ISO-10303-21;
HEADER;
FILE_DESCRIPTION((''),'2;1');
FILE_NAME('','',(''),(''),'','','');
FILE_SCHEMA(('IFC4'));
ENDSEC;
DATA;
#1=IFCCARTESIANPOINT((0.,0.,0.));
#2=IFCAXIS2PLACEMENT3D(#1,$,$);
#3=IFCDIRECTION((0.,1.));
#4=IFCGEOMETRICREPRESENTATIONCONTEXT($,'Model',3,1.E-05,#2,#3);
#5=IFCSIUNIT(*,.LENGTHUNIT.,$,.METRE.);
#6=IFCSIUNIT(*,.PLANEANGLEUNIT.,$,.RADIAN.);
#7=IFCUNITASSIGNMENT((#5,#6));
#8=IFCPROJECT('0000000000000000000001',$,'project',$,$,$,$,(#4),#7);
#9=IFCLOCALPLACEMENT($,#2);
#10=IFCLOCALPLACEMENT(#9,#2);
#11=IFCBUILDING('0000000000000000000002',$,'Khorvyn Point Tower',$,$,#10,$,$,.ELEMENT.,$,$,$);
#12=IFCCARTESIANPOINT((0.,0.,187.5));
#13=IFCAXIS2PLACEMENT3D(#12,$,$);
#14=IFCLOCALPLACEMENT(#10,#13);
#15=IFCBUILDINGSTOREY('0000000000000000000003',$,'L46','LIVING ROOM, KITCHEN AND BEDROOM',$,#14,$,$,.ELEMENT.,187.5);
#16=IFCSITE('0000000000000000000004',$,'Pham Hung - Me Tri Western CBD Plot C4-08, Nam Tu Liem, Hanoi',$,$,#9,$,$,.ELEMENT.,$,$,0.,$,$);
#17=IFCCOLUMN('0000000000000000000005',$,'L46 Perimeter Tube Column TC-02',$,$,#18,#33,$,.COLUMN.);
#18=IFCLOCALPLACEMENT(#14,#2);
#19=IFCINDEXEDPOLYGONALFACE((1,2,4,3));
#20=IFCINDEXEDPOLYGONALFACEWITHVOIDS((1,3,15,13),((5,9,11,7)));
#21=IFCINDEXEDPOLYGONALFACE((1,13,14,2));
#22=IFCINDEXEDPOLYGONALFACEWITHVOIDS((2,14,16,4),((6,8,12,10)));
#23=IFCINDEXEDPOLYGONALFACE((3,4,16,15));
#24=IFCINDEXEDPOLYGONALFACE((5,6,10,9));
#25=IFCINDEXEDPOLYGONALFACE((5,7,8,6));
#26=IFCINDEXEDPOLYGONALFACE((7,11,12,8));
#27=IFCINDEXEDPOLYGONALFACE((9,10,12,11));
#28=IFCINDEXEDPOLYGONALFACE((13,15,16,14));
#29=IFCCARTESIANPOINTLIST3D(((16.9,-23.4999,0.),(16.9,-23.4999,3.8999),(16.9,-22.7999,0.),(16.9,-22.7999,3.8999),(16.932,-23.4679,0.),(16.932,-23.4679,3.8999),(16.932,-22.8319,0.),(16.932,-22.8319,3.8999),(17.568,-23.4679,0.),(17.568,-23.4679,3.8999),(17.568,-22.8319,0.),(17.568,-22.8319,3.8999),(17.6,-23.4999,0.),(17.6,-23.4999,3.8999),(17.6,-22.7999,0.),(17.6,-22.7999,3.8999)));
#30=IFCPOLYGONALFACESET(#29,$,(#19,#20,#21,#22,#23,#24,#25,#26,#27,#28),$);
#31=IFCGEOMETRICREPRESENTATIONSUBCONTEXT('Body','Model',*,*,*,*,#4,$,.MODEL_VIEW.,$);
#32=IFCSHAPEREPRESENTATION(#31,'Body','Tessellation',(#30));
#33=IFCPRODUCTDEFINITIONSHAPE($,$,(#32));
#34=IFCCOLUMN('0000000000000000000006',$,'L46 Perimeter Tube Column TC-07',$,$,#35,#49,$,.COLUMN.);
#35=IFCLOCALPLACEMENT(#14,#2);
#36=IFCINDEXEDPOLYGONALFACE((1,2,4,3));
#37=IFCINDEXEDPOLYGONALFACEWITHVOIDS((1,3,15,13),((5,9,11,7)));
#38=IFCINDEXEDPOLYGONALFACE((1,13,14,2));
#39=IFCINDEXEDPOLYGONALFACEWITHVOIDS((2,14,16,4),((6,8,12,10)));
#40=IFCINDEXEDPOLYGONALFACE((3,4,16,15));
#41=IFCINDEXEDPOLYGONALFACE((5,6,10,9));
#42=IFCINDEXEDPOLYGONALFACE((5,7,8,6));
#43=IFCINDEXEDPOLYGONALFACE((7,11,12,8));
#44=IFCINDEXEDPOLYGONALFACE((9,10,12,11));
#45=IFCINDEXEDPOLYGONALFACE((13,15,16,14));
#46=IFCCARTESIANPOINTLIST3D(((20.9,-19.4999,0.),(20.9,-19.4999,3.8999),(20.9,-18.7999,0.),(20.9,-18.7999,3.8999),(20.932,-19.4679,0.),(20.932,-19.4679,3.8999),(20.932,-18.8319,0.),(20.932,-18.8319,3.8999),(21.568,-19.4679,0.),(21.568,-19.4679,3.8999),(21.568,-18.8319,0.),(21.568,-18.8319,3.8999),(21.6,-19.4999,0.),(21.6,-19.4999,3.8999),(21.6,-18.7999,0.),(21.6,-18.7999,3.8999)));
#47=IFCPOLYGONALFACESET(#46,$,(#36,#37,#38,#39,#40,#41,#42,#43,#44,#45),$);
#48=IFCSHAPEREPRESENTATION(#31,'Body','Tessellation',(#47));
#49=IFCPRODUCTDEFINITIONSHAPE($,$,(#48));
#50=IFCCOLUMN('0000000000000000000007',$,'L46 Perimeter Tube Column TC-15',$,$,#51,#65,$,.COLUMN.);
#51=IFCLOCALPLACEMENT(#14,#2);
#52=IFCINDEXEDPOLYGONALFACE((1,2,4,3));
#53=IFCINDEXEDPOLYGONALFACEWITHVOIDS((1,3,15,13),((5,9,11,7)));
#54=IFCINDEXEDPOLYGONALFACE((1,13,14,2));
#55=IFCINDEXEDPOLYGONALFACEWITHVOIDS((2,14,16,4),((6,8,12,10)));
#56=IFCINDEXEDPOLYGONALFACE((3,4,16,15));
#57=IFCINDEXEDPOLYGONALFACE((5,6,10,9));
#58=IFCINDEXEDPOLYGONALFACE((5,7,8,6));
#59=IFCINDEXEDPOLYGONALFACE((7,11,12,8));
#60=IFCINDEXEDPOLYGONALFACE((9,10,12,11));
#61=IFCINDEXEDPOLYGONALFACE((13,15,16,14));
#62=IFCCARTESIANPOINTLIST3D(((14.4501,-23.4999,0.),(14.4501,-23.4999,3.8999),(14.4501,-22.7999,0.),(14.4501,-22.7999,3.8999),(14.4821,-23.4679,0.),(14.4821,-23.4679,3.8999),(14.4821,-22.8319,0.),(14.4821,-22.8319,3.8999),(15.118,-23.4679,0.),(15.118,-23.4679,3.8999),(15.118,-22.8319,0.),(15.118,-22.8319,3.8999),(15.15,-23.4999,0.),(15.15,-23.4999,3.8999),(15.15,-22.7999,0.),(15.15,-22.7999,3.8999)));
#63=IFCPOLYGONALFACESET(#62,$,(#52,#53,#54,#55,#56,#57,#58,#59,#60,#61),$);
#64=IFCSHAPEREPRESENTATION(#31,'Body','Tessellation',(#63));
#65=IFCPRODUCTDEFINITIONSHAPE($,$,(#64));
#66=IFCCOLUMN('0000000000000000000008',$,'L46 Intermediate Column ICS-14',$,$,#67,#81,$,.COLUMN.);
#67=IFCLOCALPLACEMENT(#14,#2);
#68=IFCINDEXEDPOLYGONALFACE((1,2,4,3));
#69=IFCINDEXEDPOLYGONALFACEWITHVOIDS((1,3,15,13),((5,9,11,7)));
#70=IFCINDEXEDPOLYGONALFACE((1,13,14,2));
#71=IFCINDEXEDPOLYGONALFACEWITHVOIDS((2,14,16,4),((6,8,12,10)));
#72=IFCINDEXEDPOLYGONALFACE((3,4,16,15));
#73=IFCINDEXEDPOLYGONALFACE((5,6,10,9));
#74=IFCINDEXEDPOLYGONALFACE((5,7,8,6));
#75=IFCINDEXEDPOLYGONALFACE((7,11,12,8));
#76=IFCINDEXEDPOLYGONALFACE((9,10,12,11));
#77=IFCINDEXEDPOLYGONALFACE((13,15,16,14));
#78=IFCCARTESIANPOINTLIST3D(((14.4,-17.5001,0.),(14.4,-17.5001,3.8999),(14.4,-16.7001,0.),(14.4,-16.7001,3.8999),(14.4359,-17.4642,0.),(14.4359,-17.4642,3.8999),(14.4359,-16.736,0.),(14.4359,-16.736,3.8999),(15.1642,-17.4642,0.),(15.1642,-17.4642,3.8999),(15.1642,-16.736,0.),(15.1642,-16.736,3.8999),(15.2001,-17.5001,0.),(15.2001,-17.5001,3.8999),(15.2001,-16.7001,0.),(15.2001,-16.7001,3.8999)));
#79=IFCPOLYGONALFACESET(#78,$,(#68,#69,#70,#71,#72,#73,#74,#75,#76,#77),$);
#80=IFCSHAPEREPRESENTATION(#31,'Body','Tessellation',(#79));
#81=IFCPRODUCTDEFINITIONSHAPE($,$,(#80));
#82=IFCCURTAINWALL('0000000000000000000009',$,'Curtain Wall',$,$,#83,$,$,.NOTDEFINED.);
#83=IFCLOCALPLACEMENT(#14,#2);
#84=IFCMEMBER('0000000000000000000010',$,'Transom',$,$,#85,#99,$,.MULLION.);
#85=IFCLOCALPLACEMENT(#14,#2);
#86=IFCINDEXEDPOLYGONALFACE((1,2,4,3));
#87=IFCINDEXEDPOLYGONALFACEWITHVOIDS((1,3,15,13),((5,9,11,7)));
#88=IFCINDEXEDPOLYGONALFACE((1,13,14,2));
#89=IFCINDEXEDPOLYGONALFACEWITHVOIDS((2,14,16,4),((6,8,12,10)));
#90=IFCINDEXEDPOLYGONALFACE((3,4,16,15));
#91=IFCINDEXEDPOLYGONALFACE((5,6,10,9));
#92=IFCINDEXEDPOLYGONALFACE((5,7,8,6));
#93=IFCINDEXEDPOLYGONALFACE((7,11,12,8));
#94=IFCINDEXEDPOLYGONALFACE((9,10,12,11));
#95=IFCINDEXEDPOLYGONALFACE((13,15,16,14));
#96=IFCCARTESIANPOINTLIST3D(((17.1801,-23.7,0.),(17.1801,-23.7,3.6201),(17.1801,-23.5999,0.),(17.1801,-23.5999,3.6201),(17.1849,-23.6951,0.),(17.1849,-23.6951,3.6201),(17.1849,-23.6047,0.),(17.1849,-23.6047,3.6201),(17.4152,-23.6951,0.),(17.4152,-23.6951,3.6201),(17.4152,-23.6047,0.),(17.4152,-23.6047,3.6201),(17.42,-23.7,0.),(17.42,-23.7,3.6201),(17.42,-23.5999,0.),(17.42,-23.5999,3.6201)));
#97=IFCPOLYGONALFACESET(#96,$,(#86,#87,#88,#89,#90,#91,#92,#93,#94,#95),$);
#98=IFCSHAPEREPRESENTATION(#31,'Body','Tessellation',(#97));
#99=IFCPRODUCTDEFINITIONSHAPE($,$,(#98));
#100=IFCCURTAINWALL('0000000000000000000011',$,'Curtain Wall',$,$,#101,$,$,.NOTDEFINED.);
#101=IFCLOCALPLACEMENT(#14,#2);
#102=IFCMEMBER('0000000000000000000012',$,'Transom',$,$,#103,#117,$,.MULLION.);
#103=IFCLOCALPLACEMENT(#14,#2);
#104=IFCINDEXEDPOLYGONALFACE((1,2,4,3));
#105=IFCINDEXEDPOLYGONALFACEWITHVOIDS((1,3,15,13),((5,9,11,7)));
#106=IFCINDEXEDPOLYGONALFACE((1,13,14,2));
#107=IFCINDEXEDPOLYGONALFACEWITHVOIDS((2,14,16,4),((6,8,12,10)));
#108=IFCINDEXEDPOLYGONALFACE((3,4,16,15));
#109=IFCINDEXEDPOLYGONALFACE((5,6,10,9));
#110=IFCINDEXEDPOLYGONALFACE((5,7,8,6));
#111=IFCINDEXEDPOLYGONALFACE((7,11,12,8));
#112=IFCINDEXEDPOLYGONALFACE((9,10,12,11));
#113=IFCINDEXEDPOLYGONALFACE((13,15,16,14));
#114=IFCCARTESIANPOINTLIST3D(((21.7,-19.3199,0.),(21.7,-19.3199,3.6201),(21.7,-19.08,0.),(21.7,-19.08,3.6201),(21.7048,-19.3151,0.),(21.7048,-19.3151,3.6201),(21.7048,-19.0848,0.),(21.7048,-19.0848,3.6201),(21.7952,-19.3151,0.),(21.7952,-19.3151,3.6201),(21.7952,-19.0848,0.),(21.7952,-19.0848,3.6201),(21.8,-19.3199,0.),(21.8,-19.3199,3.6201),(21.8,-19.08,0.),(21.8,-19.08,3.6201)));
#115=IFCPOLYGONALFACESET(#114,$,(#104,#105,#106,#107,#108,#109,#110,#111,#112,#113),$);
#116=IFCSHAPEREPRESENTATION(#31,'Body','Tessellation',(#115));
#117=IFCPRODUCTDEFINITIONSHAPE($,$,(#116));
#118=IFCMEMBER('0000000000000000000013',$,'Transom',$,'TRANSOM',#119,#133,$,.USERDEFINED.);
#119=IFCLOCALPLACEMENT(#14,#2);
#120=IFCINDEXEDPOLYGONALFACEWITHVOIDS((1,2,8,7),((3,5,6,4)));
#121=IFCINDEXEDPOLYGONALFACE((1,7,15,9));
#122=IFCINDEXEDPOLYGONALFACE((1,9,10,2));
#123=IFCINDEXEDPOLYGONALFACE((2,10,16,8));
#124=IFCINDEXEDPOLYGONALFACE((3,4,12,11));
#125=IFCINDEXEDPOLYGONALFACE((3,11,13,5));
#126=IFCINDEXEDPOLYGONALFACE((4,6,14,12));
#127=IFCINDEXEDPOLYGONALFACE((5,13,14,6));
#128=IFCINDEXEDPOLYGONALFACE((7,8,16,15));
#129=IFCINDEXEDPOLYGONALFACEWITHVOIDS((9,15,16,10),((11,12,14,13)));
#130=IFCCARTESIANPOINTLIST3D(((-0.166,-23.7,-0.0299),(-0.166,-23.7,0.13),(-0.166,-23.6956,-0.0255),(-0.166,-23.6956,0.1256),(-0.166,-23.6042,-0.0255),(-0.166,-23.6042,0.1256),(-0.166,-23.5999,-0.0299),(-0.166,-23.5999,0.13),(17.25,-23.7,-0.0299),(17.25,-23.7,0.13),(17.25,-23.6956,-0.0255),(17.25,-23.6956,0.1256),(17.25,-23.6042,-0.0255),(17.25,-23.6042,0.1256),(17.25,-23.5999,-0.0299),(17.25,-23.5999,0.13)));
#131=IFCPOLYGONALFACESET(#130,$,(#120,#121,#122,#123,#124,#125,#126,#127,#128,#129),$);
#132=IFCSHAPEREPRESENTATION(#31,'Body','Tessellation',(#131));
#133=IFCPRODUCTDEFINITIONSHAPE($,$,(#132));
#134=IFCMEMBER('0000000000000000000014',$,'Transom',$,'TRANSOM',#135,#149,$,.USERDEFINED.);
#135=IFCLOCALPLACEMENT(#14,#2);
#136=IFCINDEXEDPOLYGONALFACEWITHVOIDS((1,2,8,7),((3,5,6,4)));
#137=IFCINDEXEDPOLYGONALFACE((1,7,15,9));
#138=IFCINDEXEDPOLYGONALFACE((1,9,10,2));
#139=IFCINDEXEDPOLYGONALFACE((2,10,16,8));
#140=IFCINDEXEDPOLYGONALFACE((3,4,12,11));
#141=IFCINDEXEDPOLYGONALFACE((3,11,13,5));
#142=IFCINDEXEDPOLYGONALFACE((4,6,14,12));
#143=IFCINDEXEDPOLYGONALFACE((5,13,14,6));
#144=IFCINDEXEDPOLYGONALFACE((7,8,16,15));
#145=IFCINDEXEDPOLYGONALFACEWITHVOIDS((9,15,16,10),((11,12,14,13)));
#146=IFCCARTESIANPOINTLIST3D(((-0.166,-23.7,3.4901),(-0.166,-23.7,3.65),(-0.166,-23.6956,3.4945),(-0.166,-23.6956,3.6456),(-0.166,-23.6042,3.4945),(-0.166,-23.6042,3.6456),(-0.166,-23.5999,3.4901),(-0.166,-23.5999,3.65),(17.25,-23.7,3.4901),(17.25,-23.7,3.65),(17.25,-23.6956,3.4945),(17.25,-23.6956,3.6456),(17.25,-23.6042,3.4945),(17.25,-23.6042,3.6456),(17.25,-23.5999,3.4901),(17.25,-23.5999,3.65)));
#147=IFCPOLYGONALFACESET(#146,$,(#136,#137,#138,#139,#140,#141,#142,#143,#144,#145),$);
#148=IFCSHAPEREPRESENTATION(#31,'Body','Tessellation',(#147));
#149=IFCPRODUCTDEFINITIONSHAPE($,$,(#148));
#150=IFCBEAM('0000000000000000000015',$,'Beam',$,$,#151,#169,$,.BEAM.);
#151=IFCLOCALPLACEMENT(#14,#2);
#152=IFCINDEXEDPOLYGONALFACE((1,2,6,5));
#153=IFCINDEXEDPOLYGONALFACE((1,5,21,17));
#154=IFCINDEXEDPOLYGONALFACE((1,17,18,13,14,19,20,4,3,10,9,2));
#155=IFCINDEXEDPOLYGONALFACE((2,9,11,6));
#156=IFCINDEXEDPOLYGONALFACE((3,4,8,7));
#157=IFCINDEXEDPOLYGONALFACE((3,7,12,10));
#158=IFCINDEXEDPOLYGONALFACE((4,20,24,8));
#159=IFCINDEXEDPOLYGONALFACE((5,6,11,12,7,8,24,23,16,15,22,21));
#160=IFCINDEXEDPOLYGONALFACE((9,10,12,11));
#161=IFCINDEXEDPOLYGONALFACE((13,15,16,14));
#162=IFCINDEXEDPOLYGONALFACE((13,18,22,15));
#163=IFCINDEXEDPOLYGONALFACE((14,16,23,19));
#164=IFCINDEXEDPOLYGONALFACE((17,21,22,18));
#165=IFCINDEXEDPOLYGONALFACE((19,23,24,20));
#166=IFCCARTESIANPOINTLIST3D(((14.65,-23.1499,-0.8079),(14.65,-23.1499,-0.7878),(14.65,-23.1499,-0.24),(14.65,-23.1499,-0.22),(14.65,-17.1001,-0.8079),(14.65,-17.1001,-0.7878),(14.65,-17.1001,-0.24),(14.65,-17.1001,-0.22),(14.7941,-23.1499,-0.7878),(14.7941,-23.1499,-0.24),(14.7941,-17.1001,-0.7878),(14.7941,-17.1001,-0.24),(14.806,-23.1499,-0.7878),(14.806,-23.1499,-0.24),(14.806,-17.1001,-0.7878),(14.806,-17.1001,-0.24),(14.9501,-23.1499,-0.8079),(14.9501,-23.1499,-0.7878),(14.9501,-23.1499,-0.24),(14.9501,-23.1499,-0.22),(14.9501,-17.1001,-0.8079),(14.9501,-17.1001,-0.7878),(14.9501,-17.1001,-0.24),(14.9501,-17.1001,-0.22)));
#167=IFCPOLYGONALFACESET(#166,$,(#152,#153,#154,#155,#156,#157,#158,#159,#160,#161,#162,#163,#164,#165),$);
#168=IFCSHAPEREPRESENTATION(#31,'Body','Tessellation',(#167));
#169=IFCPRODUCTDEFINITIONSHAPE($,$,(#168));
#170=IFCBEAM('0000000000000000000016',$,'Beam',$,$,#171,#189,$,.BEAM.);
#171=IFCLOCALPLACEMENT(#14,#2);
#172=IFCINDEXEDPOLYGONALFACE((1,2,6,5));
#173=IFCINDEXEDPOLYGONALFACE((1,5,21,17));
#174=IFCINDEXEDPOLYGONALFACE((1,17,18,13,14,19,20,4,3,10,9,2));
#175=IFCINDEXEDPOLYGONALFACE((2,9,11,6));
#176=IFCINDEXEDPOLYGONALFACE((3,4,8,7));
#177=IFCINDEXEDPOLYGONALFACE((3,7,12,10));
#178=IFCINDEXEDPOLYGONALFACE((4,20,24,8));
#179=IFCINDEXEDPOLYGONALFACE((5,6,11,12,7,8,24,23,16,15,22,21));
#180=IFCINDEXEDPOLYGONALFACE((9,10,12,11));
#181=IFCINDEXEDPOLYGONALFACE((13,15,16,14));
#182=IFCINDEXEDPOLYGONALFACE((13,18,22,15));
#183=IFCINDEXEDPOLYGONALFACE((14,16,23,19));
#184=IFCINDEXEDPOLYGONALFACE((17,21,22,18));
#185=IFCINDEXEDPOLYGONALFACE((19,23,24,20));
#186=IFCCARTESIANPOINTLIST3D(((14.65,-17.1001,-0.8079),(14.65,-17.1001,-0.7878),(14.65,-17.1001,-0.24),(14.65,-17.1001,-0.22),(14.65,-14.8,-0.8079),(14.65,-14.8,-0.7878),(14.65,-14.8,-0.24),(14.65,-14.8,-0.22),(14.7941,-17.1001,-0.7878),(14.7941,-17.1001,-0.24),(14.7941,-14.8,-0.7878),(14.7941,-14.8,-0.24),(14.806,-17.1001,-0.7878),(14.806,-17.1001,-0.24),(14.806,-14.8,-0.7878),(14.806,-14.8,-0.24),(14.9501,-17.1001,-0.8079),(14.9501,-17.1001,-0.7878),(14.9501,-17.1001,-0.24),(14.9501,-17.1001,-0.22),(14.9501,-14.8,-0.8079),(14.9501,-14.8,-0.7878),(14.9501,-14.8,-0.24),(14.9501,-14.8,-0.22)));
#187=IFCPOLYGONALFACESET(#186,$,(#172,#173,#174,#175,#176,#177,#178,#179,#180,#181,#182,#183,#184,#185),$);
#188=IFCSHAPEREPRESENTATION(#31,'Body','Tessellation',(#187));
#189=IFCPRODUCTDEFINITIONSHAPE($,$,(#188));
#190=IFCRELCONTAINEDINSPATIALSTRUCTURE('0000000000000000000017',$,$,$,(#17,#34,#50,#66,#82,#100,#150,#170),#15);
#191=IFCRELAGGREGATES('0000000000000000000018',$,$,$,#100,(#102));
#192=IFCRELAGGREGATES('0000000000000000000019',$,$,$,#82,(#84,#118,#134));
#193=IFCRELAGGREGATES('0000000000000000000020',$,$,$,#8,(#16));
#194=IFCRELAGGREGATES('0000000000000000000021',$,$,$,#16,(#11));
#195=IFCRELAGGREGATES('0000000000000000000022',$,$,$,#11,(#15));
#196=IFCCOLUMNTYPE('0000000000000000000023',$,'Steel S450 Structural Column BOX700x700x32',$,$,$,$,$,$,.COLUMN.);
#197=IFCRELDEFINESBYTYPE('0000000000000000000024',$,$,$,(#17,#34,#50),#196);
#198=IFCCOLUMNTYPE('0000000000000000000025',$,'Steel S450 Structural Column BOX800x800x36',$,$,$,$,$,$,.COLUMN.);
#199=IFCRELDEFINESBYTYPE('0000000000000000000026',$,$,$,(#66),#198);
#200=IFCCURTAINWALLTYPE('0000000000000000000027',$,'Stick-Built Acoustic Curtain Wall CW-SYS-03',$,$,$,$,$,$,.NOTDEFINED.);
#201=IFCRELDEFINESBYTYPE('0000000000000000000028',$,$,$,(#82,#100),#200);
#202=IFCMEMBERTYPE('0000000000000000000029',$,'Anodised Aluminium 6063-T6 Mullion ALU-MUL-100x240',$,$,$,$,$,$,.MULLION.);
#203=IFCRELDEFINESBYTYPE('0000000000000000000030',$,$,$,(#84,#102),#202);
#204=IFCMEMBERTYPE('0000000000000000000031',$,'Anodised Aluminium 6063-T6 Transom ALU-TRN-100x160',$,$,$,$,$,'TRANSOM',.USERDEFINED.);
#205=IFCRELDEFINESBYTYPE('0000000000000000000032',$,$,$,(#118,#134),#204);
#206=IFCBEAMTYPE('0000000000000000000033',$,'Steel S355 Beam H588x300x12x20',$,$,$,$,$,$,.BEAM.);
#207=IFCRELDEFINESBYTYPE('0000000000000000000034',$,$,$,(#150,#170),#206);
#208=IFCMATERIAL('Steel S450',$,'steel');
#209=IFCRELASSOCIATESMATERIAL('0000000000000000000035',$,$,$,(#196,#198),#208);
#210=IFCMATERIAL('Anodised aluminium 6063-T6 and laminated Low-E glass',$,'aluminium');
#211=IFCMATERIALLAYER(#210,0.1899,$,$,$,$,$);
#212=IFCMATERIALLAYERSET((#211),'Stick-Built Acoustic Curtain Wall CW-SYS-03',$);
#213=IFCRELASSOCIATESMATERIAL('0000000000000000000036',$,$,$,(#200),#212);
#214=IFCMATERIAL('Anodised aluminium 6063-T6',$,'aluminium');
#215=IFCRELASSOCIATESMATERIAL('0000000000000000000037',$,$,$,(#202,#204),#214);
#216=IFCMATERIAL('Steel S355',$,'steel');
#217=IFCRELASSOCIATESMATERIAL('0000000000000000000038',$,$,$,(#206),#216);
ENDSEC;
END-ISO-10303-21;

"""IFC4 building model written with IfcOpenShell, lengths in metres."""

from ifc_helpers import new_model, si_unit, direction, frame, origin, origin_2d, place, context, subcontext, project, spatial, hollow_rectangle, i_section, extrude, material, layer, layer_set, material_profile, profile_set, type_object, element, aggregate, save


model = new_model("IFC4")

# Units and contexts
model_context = context("Model", 3, precision=1e-05, world=origin(), true_north=direction((0.0, 1.0)))
body_context = subcontext(model_context, "Body", "Model", "MODEL_VIEW")
ifc_project = project(units=[si_unit("LENGTHUNIT", "METRE"), si_unit("PLANEANGLEUNIT", "RADIAN")], contexts=[model_context])

# Site, building, storey
site_placement = place(None, origin())
site = spatial("IfcSite", under=ifc_project, at=site_placement, Name="Pham Hung - Me Tri Western CBD Plot C4-08, Nam Tu Liem, Hanoi", CompositionType="ELEMENT", RefElevation=0.0)
building_placement = place(site_placement, origin())
building = spatial("IfcBuilding", under=site, at=building_placement, Name="Khorvyn Point Tower", CompositionType="ELEMENT")
storey_placement = place(building_placement, frame((0.0, 0.0, 187.5)))
storey = spatial("IfcBuildingStorey", under=building, at=storey_placement, Name="L46", Description="LIVING ROOM, KITCHEN AND BEDROOM", CompositionType="ELEMENT", Elevation=187.5)

# Columns
ifc_material_1 = material(Name="Steel S450", Category="steel")
ifc_material_profile_1 = material_profile(ifc_material_1, hollow_rectangle(XDim=0.7, YDim=0.7, WallThickness=0.032, at=origin_2d()))
ifc_profile_set_1 = profile_set([ifc_material_profile_1], Name="Steel S450 BOX700x700x32")
column_type_1 = type_object("IfcColumnType", Name="Steel S450 Structural Column BOX700x700x32", PredefinedType="COLUMN", material=ifc_profile_set_1)
for number, where, z_axis, x_axis, name in (
    (1, (17.25, -23.1499, 0.0), (0.0, 0.0, 1.0), (1.0, 0.0, 0.0), "L46 Perimeter Tube Column TC-02"),
    (2, (21.25, -19.1499, 0.0), (0.0, 0.0, 1.0), (1.0, 0.0, 0.0), "L46 Perimeter Tube Column TC-07"),
    (3, (14.8, -23.1499, 0.0), (0.0, 0.0, 1.0), (1.0, 0.0, 0.0), "L46 Perimeter Tube Column TC-15"),
):
    element("IfcColumn", number, at=place(storey_placement, frame(where, z_axis=z_axis, x_axis=x_axis)), inside=storey, type_object=column_type_1, Name=name, PredefinedType="COLUMN", context=body_context, shape_type="SweptSolid", body=[
        extrude(hollow_rectangle(XDim=0.7, YDim=0.7, WallThickness=0.032, at=origin_2d()), origin(), (0.0, 0.0, 1.0), 3.8999),
    ])
ifc_material_profile_2 = material_profile(ifc_material_1, hollow_rectangle(XDim=0.8, YDim=0.8, WallThickness=0.0359, at=origin_2d()))
ifc_profile_set_2 = profile_set([ifc_material_profile_2], Name="Steel S450 BOX800x800x36")
column_type_2 = type_object("IfcColumnType", Name="Steel S450 Structural Column BOX800x800x36", PredefinedType="COLUMN", material=ifc_profile_set_2)
column_placement = place(storey_placement, frame((14.8, -17.1001, 0.0), z_axis=(0.0, 0.0, 1.0), x_axis=(1.0, 0.0, 0.0)))
element("IfcColumn", 4, at=column_placement, inside=storey, type_object=column_type_2, Name="L46 Intermediate Column ICS-14", PredefinedType="COLUMN", context=body_context, shape_type="SweptSolid", body=[
    extrude(hollow_rectangle(XDim=0.8, YDim=0.8, WallThickness=0.0359, at=origin_2d()), origin(), (0.0, 0.0, 1.0), 3.8999),
])

# Curtain walls, members
ifc_material_2 = material(Name="Anodised aluminium 6063-T6 and laminated Low-E glass", Category="aluminium")
ifc_layer_1 = layer(ifc_material_2, 0.1899)
ifc_layer_set_1 = layer_set([ifc_layer_1], Name="Stick-Built Acoustic Curtain Wall CW-SYS-03")
curtain_wall_type = type_object("IfcCurtainWallType", Name="Stick-Built Acoustic Curtain Wall CW-SYS-03", PredefinedType="NOTDEFINED", material=ifc_layer_set_1)
curtain_wall_1_placement = place(storey_placement, origin())
curtain_wall_1 = element("IfcCurtainWall", 5, at=curtain_wall_1_placement, inside=storey, type_object=curtain_wall_type, Name="Curtain Wall", PredefinedType="NOTDEFINED")
ifc_material_3 = material(Name="Anodised aluminium 6063-T6", Category="aluminium")
ifc_material_profile_3 = material_profile(ifc_material_3, hollow_rectangle(XDim=0.1001, YDim=0.24, WallThickness=0.0049, at=origin_2d()))
ifc_profile_set_3 = profile_set([ifc_material_profile_3], Name="Anodised aluminium 6063-T6 ALU-MUL-100x240")
member_type_1 = type_object("IfcMemberType", Name="Anodised Aluminium 6063-T6 Mullion ALU-MUL-100x240", PredefinedType="MULLION", material=ifc_profile_set_3)
member_1_placement = place(storey_placement, frame((17.3, -23.6499, 0.0), z_axis=(0.0, 0.0, 1.0), x_axis=(0.0, -1.0, 0.0)))
member_1 = element("IfcMember", 6, at=member_1_placement, type_object=member_type_1, Name="Transom", PredefinedType="MULLION", context=body_context, shape_type="SweptSolid", body=[
    extrude(hollow_rectangle(XDim=0.1001, YDim=0.24, WallThickness=0.0049, at=origin_2d()), origin(), (0.0, 0.0, 1.0), 3.6201),
])
curtain_wall_2_placement = place(storey_placement, origin())
curtain_wall_2 = element("IfcCurtainWall", 7, at=curtain_wall_2_placement, inside=storey, type_object=curtain_wall_type, Name="Curtain Wall", PredefinedType="NOTDEFINED")
member_2_placement = place(storey_placement, frame((21.75, -19.2, 0.0), z_axis=(0.0, 0.0, 1.0), x_axis=(1.0, 0.0, 0.0)))
member_2 = element("IfcMember", 8, at=member_2_placement, type_object=member_type_1, Name="Transom", PredefinedType="MULLION", context=body_context, shape_type="SweptSolid", body=[
    extrude(hollow_rectangle(XDim=0.1001, YDim=0.24, WallThickness=0.0049, at=origin_2d()), origin(), (0.0, 0.0, 1.0), 3.6201),
])
aggregate(curtain_wall_2, [member_2])

# Members
ifc_material_profile_4 = material_profile(ifc_material_3, hollow_rectangle(XDim=0.1001, YDim=0.1599, WallThickness=0.0044, at=origin_2d()))
ifc_profile_set_4 = profile_set([ifc_material_profile_4], Name="Anodised aluminium 6063-T6 ALU-TRN-100x160")
member_type_2 = type_object("IfcMemberType", Name="Anodised Aluminium 6063-T6 Transom ALU-TRN-100x160", ElementType="TRANSOM", PredefinedType="USERDEFINED", material=ifc_profile_set_4)
member_3_placement = place(storey_placement, frame((17.25, -23.6499, 0.05), z_axis=(-1.0, 0.0, 0.0), x_axis=(0.0, -1.0, 0.0)))
member_3 = element("IfcMember", 9, at=member_3_placement, type_object=member_type_2, Name="Transom", ObjectType="TRANSOM", PredefinedType="USERDEFINED", context=body_context, shape_type="SweptSolid", body=[
    extrude(hollow_rectangle(XDim=0.1001, YDim=0.1599, WallThickness=0.0044, at=origin_2d()), origin(), (0.0, 0.0, 1.0), 17.416),
])
member_4_placement = place(storey_placement, frame((17.25, -23.6499, 3.5701), z_axis=(-1.0, 0.0, 0.0), x_axis=(0.0, -1.0, 0.0)))
member_4 = element("IfcMember", 10, at=member_4_placement, type_object=member_type_2, Name="Transom", ObjectType="TRANSOM", PredefinedType="USERDEFINED", context=body_context, shape_type="SweptSolid", body=[
    extrude(hollow_rectangle(XDim=0.1001, YDim=0.1599, WallThickness=0.0044, at=origin_2d()), origin(), (0.0, 0.0, 1.0), 17.416),
])

# Beams
ifc_material_4 = material(Name="Steel S355", Category="steel")
ifc_material_profile_5 = material_profile(ifc_material_4, i_section(OverallWidth=0.3, OverallDepth=0.5879, WebThickness=0.012, FlangeThickness=0.02, at=origin_2d()))
ifc_profile_set_5 = profile_set([ifc_material_profile_5], Name="Steel S355 H588x300x12x20")
beam_type_1 = type_object("IfcBeamType", Name="Steel S355 Beam H588x300x12x20", PredefinedType="BEAM", material=ifc_profile_set_5)
beam_1_placement = place(storey_placement, frame((14.8, -23.1499, -0.5139), z_axis=(0.0, 1.0, 0.0), x_axis=(-1.0, 0.0, 0.0)))
element("IfcBeam", 11, at=beam_1_placement, inside=storey, type_object=beam_type_1, Name="Beam", PredefinedType="BEAM", context=body_context, shape_type="SweptSolid", body=[
    extrude(i_section(OverallWidth=0.3, OverallDepth=0.5879, WebThickness=0.012, FlangeThickness=0.02, at=origin_2d()), origin(), (0.0, 0.0, 1.0), 6.0498),
])
beam_2_placement = place(storey_placement, frame((14.8, -17.1001, -0.5139), z_axis=(0.0, 1.0, 0.0), x_axis=(-1.0, 0.0, 0.0)))
element("IfcBeam", 12, at=beam_2_placement, inside=storey, type_object=beam_type_1, Name="Beam", PredefinedType="BEAM", context=body_context, shape_type="SweptSolid", body=[
    extrude(i_section(OverallWidth=0.3, OverallDepth=0.5879, WebThickness=0.012, FlangeThickness=0.02, at=origin_2d()), origin(), (0.0, 0.0, 1.0), 2.3),
])

aggregate(curtain_wall_1, [member_1, member_3, member_4])

save(model, "model.ifc")
